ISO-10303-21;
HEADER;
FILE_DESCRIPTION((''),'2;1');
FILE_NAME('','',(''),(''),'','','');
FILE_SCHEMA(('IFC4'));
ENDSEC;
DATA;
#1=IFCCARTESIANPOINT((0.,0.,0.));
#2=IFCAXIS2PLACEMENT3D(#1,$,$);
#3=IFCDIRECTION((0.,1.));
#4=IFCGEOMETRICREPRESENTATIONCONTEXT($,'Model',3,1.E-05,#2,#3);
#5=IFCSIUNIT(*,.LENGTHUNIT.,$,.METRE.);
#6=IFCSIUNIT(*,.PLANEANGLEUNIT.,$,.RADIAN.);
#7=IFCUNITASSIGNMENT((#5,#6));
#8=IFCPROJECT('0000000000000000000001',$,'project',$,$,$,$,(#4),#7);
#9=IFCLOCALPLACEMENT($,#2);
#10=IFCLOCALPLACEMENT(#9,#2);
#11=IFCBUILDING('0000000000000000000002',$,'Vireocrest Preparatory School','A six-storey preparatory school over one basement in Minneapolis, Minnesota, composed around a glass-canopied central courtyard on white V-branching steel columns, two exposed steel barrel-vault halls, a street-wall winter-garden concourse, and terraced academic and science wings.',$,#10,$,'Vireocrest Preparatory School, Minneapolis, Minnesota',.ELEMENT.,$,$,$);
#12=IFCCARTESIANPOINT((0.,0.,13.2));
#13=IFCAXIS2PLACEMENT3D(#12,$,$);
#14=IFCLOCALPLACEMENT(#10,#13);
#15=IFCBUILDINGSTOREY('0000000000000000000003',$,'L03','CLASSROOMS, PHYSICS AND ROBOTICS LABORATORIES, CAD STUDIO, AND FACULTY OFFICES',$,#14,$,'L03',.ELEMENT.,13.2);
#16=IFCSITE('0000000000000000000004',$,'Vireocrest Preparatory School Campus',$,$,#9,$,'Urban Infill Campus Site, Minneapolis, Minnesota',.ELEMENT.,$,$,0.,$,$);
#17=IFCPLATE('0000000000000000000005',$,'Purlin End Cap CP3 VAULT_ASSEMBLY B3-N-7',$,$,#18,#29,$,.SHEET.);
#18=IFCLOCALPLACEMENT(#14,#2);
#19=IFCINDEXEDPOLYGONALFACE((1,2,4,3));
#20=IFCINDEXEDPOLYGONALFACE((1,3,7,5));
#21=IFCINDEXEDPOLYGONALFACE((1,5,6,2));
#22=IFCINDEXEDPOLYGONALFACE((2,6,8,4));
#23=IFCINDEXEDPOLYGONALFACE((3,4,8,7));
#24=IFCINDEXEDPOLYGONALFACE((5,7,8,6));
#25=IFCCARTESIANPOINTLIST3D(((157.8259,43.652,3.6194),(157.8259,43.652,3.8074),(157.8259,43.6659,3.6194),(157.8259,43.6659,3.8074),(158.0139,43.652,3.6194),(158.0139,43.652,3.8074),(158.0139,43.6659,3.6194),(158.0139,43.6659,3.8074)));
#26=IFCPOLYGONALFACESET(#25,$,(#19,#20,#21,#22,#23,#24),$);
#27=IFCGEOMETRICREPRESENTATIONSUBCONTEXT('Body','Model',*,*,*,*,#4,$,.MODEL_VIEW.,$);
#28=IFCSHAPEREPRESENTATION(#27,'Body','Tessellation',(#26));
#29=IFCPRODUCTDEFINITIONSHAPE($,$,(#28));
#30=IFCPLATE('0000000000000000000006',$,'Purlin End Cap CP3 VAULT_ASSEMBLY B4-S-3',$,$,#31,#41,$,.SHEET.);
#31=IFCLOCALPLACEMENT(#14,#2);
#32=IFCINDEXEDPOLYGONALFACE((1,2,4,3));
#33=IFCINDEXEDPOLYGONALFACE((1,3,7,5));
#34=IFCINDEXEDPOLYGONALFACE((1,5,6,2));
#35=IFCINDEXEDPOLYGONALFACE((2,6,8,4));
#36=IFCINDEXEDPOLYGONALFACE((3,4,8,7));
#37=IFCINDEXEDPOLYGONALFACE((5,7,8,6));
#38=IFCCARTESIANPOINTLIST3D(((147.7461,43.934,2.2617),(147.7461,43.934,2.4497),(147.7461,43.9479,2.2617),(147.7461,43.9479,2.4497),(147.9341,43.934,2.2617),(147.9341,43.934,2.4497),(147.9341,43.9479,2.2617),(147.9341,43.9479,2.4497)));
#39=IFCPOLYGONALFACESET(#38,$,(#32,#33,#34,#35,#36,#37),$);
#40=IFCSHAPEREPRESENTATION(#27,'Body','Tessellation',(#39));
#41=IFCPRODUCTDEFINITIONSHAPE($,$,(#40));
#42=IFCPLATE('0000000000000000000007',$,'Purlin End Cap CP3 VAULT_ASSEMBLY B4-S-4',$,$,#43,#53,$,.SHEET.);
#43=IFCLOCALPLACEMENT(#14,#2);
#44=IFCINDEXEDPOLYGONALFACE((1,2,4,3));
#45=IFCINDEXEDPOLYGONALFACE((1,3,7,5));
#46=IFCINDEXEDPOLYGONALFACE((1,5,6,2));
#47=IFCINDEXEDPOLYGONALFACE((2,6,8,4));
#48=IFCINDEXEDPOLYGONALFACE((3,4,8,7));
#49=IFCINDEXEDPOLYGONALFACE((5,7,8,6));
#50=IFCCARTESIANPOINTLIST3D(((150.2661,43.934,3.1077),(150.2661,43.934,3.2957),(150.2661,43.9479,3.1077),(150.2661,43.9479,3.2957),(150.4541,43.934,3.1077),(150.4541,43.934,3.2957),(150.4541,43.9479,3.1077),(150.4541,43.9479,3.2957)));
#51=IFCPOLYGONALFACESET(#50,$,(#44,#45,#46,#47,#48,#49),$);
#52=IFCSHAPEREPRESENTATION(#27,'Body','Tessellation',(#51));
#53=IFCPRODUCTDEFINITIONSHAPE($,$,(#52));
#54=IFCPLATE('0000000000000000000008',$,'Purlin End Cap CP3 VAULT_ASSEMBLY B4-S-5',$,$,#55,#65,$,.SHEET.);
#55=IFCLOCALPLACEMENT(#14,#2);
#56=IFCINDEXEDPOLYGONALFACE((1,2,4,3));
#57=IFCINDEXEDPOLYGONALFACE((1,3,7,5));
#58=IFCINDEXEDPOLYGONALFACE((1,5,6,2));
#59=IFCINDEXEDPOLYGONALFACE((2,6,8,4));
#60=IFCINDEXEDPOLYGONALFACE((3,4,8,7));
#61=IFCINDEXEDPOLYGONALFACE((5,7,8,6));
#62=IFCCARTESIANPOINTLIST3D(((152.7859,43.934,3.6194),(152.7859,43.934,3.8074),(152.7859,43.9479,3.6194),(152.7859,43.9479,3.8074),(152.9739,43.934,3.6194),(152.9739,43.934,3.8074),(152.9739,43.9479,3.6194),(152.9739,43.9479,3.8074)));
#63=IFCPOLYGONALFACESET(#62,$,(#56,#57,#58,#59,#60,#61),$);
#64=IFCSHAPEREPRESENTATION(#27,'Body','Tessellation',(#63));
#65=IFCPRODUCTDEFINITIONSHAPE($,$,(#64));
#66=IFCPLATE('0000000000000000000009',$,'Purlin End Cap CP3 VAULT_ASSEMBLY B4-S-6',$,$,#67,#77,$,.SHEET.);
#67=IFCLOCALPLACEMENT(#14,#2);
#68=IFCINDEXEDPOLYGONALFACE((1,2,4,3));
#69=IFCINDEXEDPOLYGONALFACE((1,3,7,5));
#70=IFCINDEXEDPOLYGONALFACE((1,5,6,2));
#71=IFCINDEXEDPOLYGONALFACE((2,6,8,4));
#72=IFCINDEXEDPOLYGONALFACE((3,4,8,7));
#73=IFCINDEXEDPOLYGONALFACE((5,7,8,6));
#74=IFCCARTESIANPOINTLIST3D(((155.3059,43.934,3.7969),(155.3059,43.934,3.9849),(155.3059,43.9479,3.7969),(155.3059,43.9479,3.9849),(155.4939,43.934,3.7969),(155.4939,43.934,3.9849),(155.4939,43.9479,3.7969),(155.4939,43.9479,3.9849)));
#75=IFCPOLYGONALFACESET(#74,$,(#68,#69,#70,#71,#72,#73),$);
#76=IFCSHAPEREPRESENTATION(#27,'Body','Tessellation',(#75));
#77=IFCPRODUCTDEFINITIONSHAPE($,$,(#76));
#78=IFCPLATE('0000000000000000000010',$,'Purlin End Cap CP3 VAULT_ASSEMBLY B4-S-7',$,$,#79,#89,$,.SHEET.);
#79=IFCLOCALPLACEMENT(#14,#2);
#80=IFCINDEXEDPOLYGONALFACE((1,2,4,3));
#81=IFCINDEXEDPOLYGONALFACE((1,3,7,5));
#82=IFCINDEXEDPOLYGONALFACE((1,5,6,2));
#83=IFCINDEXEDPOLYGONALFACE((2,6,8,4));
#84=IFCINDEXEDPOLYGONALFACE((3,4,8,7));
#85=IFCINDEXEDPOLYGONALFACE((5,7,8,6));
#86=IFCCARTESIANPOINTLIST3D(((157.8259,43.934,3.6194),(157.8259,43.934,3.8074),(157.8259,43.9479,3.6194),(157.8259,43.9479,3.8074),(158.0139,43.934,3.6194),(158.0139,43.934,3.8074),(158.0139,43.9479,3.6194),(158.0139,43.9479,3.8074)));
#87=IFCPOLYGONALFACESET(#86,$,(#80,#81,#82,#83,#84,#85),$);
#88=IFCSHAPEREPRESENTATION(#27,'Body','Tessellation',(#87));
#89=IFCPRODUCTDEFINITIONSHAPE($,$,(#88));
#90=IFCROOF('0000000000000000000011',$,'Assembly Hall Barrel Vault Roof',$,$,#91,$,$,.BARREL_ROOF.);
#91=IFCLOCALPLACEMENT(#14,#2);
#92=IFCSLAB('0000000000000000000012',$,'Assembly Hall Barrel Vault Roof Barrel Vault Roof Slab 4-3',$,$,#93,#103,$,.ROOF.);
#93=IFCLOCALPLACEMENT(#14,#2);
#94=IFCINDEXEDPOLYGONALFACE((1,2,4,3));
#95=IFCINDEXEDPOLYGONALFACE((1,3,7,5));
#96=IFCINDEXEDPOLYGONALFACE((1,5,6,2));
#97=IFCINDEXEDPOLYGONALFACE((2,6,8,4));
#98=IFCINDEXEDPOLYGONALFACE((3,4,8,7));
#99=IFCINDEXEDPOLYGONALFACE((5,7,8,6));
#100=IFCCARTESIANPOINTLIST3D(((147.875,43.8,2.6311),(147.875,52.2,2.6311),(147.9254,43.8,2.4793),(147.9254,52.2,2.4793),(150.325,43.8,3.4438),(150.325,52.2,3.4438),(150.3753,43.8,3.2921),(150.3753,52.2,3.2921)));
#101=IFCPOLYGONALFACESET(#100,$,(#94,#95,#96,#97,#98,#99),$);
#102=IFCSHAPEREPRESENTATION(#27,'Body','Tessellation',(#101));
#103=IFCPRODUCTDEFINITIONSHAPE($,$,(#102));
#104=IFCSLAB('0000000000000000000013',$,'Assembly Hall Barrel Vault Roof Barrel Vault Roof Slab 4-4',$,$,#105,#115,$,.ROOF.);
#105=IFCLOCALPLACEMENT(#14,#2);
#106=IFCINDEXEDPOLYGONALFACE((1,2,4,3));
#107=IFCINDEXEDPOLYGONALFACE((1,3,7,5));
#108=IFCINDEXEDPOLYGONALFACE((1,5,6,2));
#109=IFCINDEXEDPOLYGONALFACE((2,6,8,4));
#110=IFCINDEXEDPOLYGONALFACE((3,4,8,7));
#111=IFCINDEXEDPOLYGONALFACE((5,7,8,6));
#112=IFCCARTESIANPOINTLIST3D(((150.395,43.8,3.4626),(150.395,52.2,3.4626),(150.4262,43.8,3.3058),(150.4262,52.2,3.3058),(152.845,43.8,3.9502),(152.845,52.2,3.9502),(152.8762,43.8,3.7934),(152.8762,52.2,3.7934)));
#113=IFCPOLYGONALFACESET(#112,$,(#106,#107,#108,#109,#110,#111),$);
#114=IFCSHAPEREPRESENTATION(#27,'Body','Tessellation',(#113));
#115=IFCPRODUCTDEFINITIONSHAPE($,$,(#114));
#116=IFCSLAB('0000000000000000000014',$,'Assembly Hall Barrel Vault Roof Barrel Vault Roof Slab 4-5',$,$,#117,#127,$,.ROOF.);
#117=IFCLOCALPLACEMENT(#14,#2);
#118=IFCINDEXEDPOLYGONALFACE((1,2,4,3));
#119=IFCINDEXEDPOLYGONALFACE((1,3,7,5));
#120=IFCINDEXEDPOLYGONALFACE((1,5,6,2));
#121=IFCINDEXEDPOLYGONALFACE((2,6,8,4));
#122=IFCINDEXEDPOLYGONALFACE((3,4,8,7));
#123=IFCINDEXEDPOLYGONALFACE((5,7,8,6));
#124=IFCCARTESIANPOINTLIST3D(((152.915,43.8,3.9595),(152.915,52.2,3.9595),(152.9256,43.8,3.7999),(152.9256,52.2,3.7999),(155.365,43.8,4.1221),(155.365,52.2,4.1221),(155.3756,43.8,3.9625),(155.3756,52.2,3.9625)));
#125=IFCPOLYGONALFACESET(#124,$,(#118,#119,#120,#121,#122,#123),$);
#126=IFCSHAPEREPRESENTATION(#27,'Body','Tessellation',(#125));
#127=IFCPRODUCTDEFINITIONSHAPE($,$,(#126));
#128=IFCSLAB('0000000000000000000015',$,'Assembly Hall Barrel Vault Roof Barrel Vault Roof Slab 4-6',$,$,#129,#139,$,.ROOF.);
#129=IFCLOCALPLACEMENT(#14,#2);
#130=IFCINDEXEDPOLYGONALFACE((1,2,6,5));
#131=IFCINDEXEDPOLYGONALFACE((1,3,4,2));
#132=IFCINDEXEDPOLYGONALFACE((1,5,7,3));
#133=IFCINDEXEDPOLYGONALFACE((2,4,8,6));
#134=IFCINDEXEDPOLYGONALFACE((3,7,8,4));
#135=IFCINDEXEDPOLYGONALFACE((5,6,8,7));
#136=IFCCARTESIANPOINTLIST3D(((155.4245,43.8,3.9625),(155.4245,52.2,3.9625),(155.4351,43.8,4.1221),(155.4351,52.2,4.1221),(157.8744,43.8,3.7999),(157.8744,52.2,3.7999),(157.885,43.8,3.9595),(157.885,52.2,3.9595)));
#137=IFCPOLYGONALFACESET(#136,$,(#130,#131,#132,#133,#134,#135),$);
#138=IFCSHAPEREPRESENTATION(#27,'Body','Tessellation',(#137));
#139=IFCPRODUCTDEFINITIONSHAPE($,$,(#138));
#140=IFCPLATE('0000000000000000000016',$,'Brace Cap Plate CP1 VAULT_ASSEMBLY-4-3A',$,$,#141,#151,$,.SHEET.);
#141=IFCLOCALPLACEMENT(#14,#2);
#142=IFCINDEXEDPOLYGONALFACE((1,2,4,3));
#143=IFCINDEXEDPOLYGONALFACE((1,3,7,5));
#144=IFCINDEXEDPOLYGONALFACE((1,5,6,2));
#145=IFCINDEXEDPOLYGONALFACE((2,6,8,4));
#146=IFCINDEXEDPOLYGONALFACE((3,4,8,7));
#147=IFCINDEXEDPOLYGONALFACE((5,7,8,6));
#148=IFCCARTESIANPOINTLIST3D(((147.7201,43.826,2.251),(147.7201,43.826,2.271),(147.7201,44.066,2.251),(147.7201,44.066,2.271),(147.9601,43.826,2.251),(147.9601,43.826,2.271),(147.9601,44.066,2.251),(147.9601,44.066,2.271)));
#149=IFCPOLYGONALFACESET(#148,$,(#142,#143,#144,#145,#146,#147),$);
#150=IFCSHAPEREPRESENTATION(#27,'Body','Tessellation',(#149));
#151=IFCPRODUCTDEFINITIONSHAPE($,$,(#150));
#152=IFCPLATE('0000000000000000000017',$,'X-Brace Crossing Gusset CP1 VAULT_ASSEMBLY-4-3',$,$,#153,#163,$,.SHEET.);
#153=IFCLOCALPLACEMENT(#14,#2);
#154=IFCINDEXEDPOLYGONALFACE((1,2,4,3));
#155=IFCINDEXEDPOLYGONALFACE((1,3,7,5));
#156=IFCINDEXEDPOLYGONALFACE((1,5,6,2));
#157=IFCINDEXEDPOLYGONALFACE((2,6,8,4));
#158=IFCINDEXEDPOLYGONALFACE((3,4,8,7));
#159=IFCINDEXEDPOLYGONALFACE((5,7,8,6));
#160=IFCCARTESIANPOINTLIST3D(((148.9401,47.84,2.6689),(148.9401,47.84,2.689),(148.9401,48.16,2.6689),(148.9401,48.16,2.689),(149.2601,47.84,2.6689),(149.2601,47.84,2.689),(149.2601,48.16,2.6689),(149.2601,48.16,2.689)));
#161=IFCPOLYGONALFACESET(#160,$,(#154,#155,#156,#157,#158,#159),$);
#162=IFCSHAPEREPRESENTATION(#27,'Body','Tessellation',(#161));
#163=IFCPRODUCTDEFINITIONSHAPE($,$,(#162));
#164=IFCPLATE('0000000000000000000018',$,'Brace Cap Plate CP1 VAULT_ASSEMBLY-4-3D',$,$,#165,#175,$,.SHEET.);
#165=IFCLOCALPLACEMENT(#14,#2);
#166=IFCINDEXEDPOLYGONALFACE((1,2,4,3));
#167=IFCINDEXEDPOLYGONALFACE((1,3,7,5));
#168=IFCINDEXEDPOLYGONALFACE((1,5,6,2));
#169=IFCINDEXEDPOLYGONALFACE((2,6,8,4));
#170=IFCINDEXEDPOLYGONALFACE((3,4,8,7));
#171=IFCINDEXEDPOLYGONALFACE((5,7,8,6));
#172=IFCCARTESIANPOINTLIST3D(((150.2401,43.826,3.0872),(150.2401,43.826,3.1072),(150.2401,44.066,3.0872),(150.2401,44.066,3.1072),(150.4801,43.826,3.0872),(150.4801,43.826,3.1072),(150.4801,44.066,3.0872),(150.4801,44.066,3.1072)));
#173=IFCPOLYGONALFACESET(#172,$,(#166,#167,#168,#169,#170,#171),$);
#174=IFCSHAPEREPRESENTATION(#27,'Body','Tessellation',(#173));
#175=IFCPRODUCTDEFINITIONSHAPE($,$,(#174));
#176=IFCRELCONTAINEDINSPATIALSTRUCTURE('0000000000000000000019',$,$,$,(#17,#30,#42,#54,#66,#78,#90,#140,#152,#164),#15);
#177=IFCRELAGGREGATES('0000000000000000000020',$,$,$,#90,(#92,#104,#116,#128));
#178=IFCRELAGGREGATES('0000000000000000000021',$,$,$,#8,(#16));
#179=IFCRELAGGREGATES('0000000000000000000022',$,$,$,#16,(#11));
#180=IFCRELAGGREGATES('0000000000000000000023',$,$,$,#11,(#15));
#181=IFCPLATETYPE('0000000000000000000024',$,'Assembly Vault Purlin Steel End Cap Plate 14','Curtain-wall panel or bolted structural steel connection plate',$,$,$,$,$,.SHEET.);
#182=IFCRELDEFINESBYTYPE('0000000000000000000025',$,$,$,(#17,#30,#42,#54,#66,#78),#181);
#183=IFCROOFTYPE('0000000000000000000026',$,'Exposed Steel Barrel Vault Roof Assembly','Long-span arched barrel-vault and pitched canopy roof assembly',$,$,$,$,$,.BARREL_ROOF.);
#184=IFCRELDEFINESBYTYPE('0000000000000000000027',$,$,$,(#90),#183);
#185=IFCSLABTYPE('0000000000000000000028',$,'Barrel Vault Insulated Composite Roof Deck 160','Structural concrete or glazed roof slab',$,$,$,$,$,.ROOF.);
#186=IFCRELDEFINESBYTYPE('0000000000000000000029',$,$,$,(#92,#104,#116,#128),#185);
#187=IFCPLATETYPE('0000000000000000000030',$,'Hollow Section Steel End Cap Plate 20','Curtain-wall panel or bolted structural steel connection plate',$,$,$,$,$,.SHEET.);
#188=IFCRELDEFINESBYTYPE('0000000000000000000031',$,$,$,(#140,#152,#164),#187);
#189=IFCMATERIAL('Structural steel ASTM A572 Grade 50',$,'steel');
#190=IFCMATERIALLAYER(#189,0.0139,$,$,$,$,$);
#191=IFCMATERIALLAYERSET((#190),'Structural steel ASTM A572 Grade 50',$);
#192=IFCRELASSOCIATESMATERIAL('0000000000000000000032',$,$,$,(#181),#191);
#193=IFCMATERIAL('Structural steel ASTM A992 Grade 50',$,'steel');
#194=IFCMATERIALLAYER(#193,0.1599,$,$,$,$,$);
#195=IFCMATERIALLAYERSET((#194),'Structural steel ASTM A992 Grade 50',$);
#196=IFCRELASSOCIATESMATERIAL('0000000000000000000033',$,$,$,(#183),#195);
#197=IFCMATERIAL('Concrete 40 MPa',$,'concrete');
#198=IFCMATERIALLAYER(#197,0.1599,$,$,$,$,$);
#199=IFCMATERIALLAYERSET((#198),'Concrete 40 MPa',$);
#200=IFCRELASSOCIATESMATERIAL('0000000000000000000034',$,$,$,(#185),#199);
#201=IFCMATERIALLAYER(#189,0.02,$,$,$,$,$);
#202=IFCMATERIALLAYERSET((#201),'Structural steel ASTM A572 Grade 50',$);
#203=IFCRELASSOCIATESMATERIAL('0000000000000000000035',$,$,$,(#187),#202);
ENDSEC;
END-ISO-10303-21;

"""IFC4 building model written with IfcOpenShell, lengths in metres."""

from ifc_helpers import new_model, si_unit, direction, frame, origin, origin_2d, place, context, subcontext, project, spatial, polyline, rectangle, outline, extrude, material, layer, layer_set, type_object, element, aggregate, save


model = new_model("IFC4")

# Units and contexts
model_context = context("Model", 3, precision=1e-05, world=origin(), true_north=direction((0.0, 1.0)))
body_context = subcontext(model_context, "Body", "Model", "MODEL_VIEW")
ifc_project = project(units=[si_unit("LENGTHUNIT", "METRE"), si_unit("PLANEANGLEUNIT", "RADIAN")], contexts=[model_context])

# Site, building, storey
site_placement = place(None, origin())
site = spatial("IfcSite", under=ifc_project, at=site_placement, Name="Vireocrest Preparatory School Campus", LongName="Urban Infill Campus Site, Minneapolis, Minnesota", CompositionType="ELEMENT", RefElevation=0.0)
building_placement = place(site_placement, origin())
building = spatial("IfcBuilding", under=site, at=building_placement, Name="Vireocrest Preparatory School", Description="A six-storey preparatory school over one basement in Minneapolis, Minnesota, composed around a glass-canopied central courtyard on white V-branching steel columns, two exposed steel barrel-vault halls, a street-wall winter-garden concourse, and terraced academic and science wings.", LongName="Vireocrest Preparatory School, Minneapolis, Minnesota", CompositionType="ELEMENT")
storey_placement = place(building_placement, frame((0.0, 0.0, 13.2)))
storey = spatial("IfcBuildingStorey", under=building, at=storey_placement, Name="L03", Description="CLASSROOMS, PHYSICS AND ROBOTICS LABORATORIES, CAD STUDIO, AND FACULTY OFFICES", LongName="L03", CompositionType="ELEMENT", Elevation=13.2)

# Shared definitions
ifc_material_1 = material(Name="Structural steel ASTM A992 Grade 50", Category="steel")

# Plates
ifc_material_2 = material(Name="Structural steel ASTM A572 Grade 50", Category="steel")
ifc_layer_1 = layer(ifc_material_2, 0.0139)
ifc_layer_set_1 = layer_set([ifc_layer_1], Name="Structural steel ASTM A572 Grade 50")
plate_type_1 = type_object("IfcPlateType", Name="Assembly Vault Purlin Steel End Cap Plate 14", Description="Curtain-wall panel or bolted structural steel connection plate", PredefinedType="SHEET", material=ifc_layer_set_1)
for number, where, z_axis, x_axis, name in (
    (1, (157.9199, 43.6589, 3.6194), (0.0, 0.0, 1.0), (1.0, 0.0, 0.0), "Purlin End Cap CP3 VAULT_ASSEMBLY B3-N-7"),
    (2, (147.8401, 43.9409, 2.2617), (0.0, 0.0, 1.0), (1.0, 0.0, 0.0), "Purlin End Cap CP3 VAULT_ASSEMBLY B4-S-3"),
    (3, (150.3601, 43.9409, 3.1077), (0.0, 0.0, 1.0), (1.0, 0.0, 0.0), "Purlin End Cap CP3 VAULT_ASSEMBLY B4-S-4"),
    (4, (152.8799, 43.9409, 3.6194), (0.0, 0.0, 1.0), (1.0, 0.0, 0.0), "Purlin End Cap CP3 VAULT_ASSEMBLY B4-S-5"),
    (5, (155.3999, 43.9409, 3.7969), (0.0, 0.0, 1.0), (1.0, 0.0, 0.0), "Purlin End Cap CP3 VAULT_ASSEMBLY B4-S-6"),
    (6, (157.9199, 43.9409, 3.6194), (0.0, 0.0, 1.0), (1.0, 0.0, 0.0), "Purlin End Cap CP3 VAULT_ASSEMBLY B4-S-7"),
):
    element("IfcPlate", number, at=place(storey_placement, frame(where, z_axis=z_axis, x_axis=x_axis)), inside=storey, type_object=plate_type_1, Name=name, PredefinedType="SHEET", context=body_context, shape_type="SweptSolid", body=[
        extrude(rectangle(XDim=0.188, YDim=0.0139, at=origin_2d()), origin(), (0.0, 0.0, 1.0), 0.188),
    ])

# Roof, slabs
ifc_layer_2 = layer(ifc_material_1, 0.1599)
ifc_layer_set_2 = layer_set([ifc_layer_2], Name="Structural steel ASTM A992 Grade 50")
roof_type = type_object("IfcRoofType", Name="Exposed Steel Barrel Vault Roof Assembly", Description="Long-span arched barrel-vault and pitched canopy roof assembly", PredefinedType="BARREL_ROOF", material=ifc_layer_set_2)
roof_placement = place(storey_placement, origin())
roof = element("IfcRoof", 7, at=roof_placement, inside=storey, type_object=roof_type, Name="Assembly Hall Barrel Vault Roof", PredefinedType="BARREL_ROOF")
ifc_material_3 = material(Name="Concrete 40 MPa", Category="concrete")
ifc_layer_3 = layer(ifc_material_3, 0.1599)
ifc_layer_set_3 = layer_set([ifc_layer_3], Name="Concrete 40 MPa")
slab_type = type_object("IfcSlabType", Name="Barrel Vault Insulated Composite Roof Deck 160", Description="Structural concrete or glazed roof slab", PredefinedType="ROOF", material=ifc_layer_set_3)
slab_1_placement = place(storey_placement, frame((147.875, 43.8, 2.6311), z_axis=(-0.314865, 0.0, 0.949136), x_axis=(0.949136, 0.0, 0.314865)))
slab_1 = element("IfcSlab", 8, at=slab_1_placement, type_object=slab_type, Name="Assembly Hall Barrel Vault Roof Barrel Vault Roof Slab 4-3", PredefinedType="ROOF", context=body_context, shape_type="SweptSolid", body=[
    extrude(outline(polyline([(0.0, 0.0), (2.5812, 0.0), (2.5812, 8.3999), (0.0, 8.3999), (0.0, 0.0)])), origin(), (0.0, 0.0, -1.0), 0.1599),
])
slab_2_placement = place(storey_placement, frame((150.395, 43.8, 3.4626), z_axis=(-0.195176, 0.0, 0.980768), x_axis=(0.980768, 0.0, 0.195176)))
slab_2 = element("IfcSlab", 9, at=slab_2_placement, type_object=slab_type, Name="Assembly Hall Barrel Vault Roof Barrel Vault Roof Slab 4-4", PredefinedType="ROOF", context=body_context, shape_type="SweptSolid", body=[
    extrude(outline(polyline([(0.0, 0.0), (2.498, 0.0), (2.498, 8.3999), (0.0, 8.3999), (0.0, 0.0)])), origin(), (0.0, 0.0, -1.0), 0.1599),
])
slab_3_placement = place(storey_placement, frame((152.915, 43.8, 3.9595), z_axis=(-0.066222, 0.0, 0.997805), x_axis=(0.997805, 0.0, 0.066222)))
slab_3 = element("IfcSlab", 10, at=slab_3_placement, type_object=slab_type, Name="Assembly Hall Barrel Vault Roof Barrel Vault Roof Slab 4-5", PredefinedType="ROOF", context=body_context, shape_type="SweptSolid", body=[
    extrude(outline(polyline([(0.0, 0.0), (2.4553, 0.0), (2.4553, 8.3999), (0.0, 8.3999), (0.0, 0.0)])), origin(), (0.0, 0.0, -1.0), 0.1599),
])
slab_4_placement = place(storey_placement, frame((155.4351, 43.8, 4.1221), z_axis=(0.066222, 0.0, 0.997805), x_axis=(0.997805, 0.0, -0.066222)))
slab_4 = element("IfcSlab", 11, at=slab_4_placement, type_object=slab_type, Name="Assembly Hall Barrel Vault Roof Barrel Vault Roof Slab 4-6", PredefinedType="ROOF", context=body_context, shape_type="SweptSolid", body=[
    extrude(outline(polyline([(0.0, 0.0), (2.4553, 0.0), (2.4553, 8.3999), (0.0, 8.3999), (0.0, 0.0)])), origin(), (0.0, 0.0, -1.0), 0.1599),
])
aggregate(roof, [slab_1, slab_2, slab_3, slab_4])

# Plates
ifc_layer_4 = layer(ifc_material_2, 0.02)
ifc_layer_set_4 = layer_set([ifc_layer_4], Name="Structural steel ASTM A572 Grade 50")
plate_type_2 = type_object("IfcPlateType", Name="Hollow Section Steel End Cap Plate 20", Description="Curtain-wall panel or bolted structural steel connection plate", PredefinedType="SHEET", material=ifc_layer_set_4)
plate_1_placement = place(storey_placement, frame((147.8401, 43.946, 2.251), z_axis=(0.0, 0.0, 1.0), x_axis=(1.0, 0.0, 0.0)))
element("IfcPlate", 12, at=plate_1_placement, inside=storey, type_object=plate_type_2, Name="Brace Cap Plate CP1 VAULT_ASSEMBLY-4-3A", PredefinedType="SHEET", context=body_context, shape_type="SweptSolid", body=[
    extrude(rectangle(XDim=0.24, YDim=0.24, at=origin_2d()), origin(), (0.0, 0.0, 1.0), 0.02),
])
plate_2_placement = place(storey_placement, frame((149.1001, 48.0, 2.6689), z_axis=(0.0, 0.0, 1.0), x_axis=(1.0, 0.0, 0.0)))
element("IfcPlate", 13, at=plate_2_placement, inside=storey, type_object=plate_type_2, Name="X-Brace Crossing Gusset CP1 VAULT_ASSEMBLY-4-3", PredefinedType="SHEET", context=body_context, shape_type="SweptSolid", body=[
    extrude(rectangle(XDim=0.3201, YDim=0.3201, at=origin_2d()), origin(), (0.0, 0.0, 1.0), 0.02),
])
plate_3_placement = place(storey_placement, frame((150.3601, 43.946, 3.0872), z_axis=(0.0, 0.0, 1.0), x_axis=(1.0, 0.0, 0.0)))
element("IfcPlate", 14, at=plate_3_placement, inside=storey, type_object=plate_type_2, Name="Brace Cap Plate CP1 VAULT_ASSEMBLY-4-3D", PredefinedType="SHEET", context=body_context, shape_type="SweptSolid", body=[
    extrude(rectangle(XDim=0.24, YDim=0.24, at=origin_2d()), origin(), (0.0, 0.0, 1.0), 0.02),
])

save(model, "model.ifc")
